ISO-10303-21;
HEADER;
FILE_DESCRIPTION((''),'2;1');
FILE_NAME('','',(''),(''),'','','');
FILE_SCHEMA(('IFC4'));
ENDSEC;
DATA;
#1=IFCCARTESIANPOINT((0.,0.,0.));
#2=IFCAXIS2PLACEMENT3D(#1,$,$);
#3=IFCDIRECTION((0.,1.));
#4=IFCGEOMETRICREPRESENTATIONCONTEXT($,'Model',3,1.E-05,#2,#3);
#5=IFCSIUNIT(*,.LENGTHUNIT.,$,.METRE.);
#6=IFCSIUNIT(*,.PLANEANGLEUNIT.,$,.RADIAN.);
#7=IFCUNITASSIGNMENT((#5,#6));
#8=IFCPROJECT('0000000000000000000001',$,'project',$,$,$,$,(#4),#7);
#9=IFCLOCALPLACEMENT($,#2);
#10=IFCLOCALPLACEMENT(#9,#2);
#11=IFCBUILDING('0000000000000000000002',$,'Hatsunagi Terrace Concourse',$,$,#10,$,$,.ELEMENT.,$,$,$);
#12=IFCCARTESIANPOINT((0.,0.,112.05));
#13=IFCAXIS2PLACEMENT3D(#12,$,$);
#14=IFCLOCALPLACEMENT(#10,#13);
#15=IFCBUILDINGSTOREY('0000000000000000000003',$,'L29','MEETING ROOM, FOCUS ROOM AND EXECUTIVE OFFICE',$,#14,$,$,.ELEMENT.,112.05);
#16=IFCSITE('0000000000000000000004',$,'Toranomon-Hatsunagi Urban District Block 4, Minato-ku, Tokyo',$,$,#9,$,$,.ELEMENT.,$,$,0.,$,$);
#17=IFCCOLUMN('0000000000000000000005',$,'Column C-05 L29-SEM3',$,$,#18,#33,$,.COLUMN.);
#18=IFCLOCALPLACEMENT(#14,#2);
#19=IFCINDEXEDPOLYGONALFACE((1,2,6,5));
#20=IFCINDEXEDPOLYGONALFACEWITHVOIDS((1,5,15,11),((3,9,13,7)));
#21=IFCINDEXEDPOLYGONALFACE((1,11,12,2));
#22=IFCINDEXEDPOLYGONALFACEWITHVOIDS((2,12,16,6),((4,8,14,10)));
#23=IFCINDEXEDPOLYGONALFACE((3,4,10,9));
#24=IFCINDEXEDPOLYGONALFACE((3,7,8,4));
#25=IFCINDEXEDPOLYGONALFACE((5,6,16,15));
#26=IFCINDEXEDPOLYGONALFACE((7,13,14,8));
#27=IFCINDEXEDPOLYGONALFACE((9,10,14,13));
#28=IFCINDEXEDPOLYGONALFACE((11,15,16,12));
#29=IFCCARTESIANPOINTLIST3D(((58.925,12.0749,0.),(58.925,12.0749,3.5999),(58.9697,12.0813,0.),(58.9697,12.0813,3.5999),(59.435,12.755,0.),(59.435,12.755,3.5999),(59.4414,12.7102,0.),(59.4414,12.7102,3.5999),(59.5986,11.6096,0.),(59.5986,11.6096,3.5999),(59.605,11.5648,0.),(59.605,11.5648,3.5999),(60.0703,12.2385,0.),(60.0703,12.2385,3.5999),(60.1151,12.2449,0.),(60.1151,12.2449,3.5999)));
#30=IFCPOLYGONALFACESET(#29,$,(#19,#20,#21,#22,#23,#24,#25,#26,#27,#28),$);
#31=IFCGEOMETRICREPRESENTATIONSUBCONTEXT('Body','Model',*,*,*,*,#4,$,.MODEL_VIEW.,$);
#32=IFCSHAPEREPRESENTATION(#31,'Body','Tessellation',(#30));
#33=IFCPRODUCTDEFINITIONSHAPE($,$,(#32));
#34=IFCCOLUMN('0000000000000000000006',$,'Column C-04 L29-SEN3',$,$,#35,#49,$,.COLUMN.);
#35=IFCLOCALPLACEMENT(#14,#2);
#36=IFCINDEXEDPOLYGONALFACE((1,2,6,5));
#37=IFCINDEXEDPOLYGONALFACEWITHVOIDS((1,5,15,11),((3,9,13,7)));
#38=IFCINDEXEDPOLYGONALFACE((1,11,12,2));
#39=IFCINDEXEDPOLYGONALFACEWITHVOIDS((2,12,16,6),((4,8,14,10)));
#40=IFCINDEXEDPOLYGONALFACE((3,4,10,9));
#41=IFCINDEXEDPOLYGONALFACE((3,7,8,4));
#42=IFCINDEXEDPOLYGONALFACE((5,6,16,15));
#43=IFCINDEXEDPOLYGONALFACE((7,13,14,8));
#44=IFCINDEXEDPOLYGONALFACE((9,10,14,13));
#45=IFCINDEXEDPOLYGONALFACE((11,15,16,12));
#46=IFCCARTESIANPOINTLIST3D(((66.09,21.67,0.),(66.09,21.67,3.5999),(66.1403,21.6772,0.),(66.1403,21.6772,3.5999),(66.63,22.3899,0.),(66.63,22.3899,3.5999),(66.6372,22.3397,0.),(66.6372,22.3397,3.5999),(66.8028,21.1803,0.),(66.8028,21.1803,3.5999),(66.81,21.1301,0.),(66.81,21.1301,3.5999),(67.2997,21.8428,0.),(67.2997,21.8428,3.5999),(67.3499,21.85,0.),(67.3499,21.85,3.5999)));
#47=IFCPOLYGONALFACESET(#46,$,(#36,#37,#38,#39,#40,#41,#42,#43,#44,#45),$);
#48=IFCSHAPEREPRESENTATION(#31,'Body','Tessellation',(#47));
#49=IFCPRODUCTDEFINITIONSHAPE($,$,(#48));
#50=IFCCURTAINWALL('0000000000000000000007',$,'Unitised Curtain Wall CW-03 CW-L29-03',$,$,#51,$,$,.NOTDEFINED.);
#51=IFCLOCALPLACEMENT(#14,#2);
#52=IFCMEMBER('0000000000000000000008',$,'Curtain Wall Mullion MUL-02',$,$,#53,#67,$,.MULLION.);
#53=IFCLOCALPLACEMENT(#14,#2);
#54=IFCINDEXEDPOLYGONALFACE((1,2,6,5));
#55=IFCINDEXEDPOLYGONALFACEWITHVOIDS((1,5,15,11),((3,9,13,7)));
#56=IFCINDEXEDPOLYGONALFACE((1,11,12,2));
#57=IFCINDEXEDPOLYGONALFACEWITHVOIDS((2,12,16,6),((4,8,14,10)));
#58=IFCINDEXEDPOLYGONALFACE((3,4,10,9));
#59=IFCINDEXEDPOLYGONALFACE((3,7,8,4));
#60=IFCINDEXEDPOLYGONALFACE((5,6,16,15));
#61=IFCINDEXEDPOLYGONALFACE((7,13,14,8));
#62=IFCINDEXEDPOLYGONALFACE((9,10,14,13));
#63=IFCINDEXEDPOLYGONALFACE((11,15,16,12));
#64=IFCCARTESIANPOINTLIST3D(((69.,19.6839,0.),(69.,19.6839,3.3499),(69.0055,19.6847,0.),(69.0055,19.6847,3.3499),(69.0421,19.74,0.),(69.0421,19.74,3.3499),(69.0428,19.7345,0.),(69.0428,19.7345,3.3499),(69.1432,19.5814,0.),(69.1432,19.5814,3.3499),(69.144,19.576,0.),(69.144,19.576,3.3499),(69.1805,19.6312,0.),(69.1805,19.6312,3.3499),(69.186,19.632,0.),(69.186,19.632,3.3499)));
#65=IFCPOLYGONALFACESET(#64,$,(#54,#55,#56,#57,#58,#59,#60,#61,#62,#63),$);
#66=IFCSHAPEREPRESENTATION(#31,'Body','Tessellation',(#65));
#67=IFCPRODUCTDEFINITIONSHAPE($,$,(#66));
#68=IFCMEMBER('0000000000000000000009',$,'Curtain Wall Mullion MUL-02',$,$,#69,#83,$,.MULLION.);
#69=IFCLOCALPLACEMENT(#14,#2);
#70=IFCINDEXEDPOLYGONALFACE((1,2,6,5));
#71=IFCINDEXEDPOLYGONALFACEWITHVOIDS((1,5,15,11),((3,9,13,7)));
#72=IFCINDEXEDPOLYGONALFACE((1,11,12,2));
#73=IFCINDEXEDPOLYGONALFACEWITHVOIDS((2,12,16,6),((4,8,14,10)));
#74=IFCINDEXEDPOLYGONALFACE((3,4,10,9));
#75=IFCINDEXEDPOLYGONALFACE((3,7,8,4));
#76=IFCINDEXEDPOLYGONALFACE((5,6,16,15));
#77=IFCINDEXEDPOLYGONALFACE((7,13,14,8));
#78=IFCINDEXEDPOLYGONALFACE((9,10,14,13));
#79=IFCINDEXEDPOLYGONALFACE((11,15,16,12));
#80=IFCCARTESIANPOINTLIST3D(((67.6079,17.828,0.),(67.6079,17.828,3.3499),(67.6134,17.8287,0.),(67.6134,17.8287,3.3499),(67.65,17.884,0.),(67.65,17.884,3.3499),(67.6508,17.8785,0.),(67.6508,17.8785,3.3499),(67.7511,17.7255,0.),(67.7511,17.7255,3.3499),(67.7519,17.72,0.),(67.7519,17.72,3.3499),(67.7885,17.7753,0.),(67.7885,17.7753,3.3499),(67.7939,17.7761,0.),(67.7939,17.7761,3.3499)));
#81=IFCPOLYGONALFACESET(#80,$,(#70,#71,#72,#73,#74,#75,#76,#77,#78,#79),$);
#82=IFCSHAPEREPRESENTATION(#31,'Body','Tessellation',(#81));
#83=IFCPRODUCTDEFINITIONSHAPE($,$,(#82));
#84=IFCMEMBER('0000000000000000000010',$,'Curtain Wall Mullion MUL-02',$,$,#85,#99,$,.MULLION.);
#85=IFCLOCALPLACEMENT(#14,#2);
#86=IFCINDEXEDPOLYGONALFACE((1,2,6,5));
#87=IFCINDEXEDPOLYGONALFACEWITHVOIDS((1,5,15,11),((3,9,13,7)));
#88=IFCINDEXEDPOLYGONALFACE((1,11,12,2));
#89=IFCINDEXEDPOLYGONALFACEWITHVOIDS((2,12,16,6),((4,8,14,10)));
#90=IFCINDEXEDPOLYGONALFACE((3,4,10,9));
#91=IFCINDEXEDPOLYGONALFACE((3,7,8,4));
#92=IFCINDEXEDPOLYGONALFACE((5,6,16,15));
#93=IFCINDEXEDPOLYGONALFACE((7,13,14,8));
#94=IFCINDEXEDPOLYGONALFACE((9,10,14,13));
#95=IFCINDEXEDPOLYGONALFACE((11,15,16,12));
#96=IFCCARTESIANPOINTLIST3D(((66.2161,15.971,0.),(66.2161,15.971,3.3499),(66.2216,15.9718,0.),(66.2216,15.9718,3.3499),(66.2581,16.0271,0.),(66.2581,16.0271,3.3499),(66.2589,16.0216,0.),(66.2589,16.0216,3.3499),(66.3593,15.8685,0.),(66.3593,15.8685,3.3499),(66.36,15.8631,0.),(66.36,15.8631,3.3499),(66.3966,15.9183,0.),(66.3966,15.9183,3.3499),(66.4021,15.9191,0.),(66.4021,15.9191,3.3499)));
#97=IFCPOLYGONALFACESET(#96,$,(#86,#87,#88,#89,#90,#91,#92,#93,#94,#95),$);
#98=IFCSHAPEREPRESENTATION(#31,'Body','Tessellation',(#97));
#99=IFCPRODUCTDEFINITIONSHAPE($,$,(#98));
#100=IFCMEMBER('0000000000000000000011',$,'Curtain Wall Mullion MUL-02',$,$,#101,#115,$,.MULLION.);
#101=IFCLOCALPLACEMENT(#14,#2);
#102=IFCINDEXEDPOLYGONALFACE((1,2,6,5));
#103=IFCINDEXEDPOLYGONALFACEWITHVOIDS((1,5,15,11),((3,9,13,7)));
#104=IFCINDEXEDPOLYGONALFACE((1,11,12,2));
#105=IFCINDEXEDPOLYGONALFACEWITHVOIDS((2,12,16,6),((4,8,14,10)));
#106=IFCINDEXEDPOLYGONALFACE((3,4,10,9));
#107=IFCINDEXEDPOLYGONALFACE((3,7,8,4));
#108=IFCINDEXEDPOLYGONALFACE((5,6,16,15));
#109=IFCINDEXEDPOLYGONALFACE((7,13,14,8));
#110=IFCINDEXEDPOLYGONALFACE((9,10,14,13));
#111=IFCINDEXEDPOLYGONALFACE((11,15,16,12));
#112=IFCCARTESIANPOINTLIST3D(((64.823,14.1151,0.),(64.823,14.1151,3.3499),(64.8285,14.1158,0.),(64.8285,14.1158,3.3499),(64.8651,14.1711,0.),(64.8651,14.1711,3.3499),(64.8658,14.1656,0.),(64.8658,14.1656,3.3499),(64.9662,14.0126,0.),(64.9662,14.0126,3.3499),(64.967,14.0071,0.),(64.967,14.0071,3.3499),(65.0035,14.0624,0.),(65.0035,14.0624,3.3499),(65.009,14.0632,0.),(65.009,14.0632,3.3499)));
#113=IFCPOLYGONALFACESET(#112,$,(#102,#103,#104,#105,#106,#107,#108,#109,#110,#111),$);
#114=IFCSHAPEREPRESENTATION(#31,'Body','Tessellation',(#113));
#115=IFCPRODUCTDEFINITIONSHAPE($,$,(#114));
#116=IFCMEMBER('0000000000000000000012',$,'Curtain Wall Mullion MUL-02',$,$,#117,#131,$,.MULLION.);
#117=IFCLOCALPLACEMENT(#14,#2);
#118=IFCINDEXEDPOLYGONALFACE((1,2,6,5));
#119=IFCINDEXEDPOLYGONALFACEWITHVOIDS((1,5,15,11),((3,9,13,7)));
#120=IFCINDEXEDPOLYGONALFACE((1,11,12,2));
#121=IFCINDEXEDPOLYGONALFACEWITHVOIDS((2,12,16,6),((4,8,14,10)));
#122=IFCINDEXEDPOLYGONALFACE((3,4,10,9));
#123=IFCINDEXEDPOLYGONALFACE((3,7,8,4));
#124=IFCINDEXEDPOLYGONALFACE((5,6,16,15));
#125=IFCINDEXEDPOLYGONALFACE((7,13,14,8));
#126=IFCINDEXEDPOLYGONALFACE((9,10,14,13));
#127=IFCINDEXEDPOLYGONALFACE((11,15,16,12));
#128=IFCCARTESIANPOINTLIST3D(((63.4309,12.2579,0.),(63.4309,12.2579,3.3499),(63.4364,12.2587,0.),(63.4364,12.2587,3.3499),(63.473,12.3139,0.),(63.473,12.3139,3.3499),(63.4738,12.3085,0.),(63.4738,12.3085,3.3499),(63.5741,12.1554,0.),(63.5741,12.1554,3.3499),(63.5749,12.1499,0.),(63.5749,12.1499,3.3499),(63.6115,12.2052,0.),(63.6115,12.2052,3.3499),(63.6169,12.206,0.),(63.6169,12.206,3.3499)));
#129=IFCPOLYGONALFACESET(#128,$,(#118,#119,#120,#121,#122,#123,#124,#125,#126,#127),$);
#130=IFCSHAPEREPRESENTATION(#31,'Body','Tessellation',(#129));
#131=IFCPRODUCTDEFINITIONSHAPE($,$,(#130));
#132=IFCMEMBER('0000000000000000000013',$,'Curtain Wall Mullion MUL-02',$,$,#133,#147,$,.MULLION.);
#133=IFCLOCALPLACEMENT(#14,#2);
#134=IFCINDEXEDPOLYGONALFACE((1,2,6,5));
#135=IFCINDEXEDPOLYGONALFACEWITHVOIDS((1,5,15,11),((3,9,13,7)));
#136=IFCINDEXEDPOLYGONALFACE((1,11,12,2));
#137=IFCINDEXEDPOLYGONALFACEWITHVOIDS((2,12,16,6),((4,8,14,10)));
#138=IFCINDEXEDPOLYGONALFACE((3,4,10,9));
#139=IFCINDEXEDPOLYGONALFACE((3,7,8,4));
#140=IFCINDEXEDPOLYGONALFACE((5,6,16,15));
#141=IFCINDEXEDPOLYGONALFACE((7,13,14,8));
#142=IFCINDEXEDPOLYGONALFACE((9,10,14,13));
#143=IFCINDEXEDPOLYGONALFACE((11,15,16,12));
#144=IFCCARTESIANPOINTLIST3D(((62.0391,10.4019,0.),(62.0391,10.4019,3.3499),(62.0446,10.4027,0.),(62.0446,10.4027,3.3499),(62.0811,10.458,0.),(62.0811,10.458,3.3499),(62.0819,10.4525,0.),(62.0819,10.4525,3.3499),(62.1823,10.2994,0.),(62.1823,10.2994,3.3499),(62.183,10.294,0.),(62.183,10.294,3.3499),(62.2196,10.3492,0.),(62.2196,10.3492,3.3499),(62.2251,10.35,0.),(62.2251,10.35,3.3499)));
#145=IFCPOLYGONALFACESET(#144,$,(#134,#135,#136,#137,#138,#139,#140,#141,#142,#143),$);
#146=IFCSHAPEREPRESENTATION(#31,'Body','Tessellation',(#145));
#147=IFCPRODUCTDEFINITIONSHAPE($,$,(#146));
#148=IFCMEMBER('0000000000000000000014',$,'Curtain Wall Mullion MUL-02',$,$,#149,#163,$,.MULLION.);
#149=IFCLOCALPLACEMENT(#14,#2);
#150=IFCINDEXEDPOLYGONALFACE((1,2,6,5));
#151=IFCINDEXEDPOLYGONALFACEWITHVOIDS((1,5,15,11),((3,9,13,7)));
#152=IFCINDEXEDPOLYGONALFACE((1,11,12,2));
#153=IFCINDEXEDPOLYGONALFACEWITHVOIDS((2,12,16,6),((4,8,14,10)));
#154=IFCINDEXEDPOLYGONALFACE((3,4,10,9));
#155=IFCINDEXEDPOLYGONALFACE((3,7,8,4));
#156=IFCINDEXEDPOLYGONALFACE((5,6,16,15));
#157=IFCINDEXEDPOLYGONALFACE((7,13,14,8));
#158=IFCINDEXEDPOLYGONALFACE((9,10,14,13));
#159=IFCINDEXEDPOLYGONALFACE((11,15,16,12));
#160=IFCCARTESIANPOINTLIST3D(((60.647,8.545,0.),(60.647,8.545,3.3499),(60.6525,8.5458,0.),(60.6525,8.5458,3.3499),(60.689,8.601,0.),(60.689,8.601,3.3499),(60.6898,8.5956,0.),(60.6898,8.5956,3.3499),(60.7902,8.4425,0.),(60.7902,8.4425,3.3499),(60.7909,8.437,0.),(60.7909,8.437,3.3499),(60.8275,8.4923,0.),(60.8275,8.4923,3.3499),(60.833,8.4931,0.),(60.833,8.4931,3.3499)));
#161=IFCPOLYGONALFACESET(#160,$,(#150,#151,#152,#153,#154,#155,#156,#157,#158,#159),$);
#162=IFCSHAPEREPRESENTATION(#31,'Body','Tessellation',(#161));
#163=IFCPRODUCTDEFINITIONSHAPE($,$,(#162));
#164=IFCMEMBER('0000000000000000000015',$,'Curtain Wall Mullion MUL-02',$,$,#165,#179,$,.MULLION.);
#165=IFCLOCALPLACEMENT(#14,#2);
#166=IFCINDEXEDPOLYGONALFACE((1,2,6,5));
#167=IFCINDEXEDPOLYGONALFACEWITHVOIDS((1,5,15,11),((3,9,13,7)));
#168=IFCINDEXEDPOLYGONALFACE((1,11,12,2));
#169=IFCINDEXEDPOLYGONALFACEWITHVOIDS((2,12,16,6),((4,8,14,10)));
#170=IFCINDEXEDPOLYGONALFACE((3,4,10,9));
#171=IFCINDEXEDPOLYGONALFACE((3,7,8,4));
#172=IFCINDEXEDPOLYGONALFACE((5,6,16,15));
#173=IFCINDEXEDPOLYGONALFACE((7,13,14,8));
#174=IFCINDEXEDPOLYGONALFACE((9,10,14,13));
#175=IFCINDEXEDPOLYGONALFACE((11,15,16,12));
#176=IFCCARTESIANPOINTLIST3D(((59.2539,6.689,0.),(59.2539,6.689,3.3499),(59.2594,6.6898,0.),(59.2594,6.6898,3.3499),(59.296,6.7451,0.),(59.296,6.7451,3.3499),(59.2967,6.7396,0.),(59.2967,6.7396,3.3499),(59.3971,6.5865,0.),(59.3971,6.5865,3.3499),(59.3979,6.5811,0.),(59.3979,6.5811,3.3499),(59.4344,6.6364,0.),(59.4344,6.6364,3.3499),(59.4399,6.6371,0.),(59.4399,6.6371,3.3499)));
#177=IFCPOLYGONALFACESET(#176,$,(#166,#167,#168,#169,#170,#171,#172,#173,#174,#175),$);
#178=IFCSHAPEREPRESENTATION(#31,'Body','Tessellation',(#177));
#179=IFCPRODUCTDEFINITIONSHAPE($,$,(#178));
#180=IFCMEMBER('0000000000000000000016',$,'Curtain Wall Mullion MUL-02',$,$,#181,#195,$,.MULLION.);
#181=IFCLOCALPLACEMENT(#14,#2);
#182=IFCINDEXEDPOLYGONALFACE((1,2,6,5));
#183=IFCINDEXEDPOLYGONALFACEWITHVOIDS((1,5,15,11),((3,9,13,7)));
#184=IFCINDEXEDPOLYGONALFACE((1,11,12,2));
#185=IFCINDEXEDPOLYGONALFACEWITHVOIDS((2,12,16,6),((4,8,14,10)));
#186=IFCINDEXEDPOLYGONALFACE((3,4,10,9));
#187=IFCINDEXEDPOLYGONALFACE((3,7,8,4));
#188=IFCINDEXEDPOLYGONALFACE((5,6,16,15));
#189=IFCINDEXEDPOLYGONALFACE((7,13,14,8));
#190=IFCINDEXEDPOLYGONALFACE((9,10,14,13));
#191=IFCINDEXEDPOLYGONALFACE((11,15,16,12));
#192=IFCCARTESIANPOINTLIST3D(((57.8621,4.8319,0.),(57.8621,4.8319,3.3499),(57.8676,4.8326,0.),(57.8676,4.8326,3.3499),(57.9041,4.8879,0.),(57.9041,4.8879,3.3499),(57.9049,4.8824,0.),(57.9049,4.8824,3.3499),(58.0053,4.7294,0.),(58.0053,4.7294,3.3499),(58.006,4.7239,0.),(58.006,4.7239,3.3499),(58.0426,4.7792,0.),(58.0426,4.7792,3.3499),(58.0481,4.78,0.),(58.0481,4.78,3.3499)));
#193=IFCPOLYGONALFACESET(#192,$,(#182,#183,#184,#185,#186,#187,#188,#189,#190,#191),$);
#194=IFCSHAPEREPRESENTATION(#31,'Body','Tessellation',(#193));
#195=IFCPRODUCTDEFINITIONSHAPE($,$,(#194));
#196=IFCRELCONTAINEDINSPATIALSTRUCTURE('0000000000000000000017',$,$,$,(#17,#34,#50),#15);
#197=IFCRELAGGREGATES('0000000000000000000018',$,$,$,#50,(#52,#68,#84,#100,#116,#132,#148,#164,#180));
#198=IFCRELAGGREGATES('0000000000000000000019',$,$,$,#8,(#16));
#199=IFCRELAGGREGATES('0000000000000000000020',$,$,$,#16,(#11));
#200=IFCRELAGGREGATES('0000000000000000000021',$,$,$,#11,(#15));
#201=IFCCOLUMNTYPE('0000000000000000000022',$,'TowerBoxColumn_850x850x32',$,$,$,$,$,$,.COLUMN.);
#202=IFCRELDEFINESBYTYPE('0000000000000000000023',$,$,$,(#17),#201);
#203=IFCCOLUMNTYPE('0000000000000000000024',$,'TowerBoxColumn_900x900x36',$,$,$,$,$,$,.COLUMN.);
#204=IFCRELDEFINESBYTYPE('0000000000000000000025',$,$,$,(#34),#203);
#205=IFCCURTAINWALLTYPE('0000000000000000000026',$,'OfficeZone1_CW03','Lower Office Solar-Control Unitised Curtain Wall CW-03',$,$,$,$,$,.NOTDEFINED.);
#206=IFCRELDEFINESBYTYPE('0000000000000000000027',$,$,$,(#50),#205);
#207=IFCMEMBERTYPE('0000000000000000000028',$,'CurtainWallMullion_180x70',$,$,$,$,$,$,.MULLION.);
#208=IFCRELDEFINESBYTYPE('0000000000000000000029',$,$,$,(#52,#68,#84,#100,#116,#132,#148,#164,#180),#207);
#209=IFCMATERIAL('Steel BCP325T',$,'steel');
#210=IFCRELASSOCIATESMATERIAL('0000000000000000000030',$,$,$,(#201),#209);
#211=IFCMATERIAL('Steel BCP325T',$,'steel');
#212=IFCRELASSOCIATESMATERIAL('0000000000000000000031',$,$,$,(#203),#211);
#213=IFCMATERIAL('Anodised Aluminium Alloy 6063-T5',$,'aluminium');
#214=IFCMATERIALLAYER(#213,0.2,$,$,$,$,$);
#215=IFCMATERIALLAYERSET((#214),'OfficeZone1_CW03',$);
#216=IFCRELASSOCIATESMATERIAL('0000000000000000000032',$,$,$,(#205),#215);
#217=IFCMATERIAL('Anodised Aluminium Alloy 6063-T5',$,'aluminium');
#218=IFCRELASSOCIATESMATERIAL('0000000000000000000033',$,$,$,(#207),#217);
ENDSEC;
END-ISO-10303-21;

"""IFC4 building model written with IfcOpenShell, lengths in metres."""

from ifc_helpers import new_model, si_unit, direction, frame, origin, origin_2d, place, context, subcontext, project, spatial, hollow_rectangle, extrude, material, layer, layer_set, material_profile, profile_set, type_object, element, aggregate, save


model = new_model("IFC4")

# Units and contexts
model_context = context("Model", 3, precision=1e-05, world=origin(), true_north=direction((0.0, 1.0)))
body_context = subcontext(model_context, "Body", "Model", "MODEL_VIEW")
ifc_project = project(units=[si_unit("LENGTHUNIT", "METRE"), si_unit("PLANEANGLEUNIT", "RADIAN")], contexts=[model_context])

# Site, building, storey
site_placement = place(None, origin())
site = spatial("IfcSite", under=ifc_project, at=site_placement, Name="Toranomon-Hatsunagi Urban District Block 4, Minato-ku, Tokyo", CompositionType="ELEMENT", RefElevation=0.0)
building_placement = place(site_placement, origin())
building = spatial("IfcBuilding", under=site, at=building_placement, Name="Hatsunagi Terrace Concourse", CompositionType="ELEMENT")
storey_placement = place(building_placement, frame((0.0, 0.0, 112.05)))
storey = spatial("IfcBuildingStorey", under=building, at=storey_placement, Name="L29", Description="MEETING ROOM, FOCUS ROOM AND EXECUTIVE OFFICE", CompositionType="ELEMENT", Elevation=112.05)

# Columns
ifc_material_1 = material(Name="Steel BCP325T", Category="steel")
ifc_material_profile_1 = material_profile(ifc_material_1, hollow_rectangle(XDim=0.8501, YDim=0.8501, WallThickness=0.032, at=origin_2d()), Name="BCP-850x850x32")
ifc_profile_set_1 = profile_set([ifc_material_profile_1], Name="Steel BCP325T")
column_type_1 = type_object("IfcColumnType", Name="TowerBoxColumn_850x850x32", PredefinedType="COLUMN", material=ifc_profile_set_1)
column_1_placement = place(storey_placement, frame((59.52, 12.1599, 0.0), z_axis=(0.0, 0.0, 1.0), x_axis=(0.8, -0.6, 0.0)))
element("IfcColumn", 1, at=column_1_placement, inside=storey, type_object=column_type_1, Name="Column C-05 L29-SEM3", PredefinedType="COLUMN", context=body_context, shape_type="SweptSolid", body=[
    extrude(hollow_rectangle(XDim=0.8501, YDim=0.8501, WallThickness=0.032, at=origin_2d()), origin(), (0.0, 0.0, 1.0), 3.5999),
])
ifc_material_2 = material(Name="Steel BCP325T", Category="steel")
ifc_material_profile_2 = material_profile(ifc_material_2, hollow_rectangle(XDim=0.8999, YDim=0.8999, WallThickness=0.0359, at=origin_2d()), Name="BCP-900x900x36")
ifc_profile_set_2 = profile_set([ifc_material_profile_2], Name="Steel BCP325T")
column_type_2 = type_object("IfcColumnType", Name="TowerBoxColumn_900x900x36", PredefinedType="COLUMN", material=ifc_profile_set_2)
column_2_placement = place(storey_placement, frame((66.72, 21.76, 0.0), z_axis=(0.0, 0.0, 1.0), x_axis=(0.8, -0.6, 0.0)))
element("IfcColumn", 2, at=column_2_placement, inside=storey, type_object=column_type_2, Name="Column C-04 L29-SEN3", PredefinedType="COLUMN", context=body_context, shape_type="SweptSolid", body=[
    extrude(hollow_rectangle(XDim=0.8999, YDim=0.8999, WallThickness=0.0359, at=origin_2d()), origin(), (0.0, 0.0, 1.0), 3.5999),
])

# Curtain wall, members
ifc_material_3 = material(Name="Anodised Aluminium Alloy 6063-T5", Category="aluminium")
ifc_layer_1 = layer(ifc_material_3, 0.2)
ifc_layer_set_1 = layer_set([ifc_layer_1], Name="OfficeZone1_CW03")
curtain_wall_type = type_object("IfcCurtainWallType", Name="OfficeZone1_CW03", Description="Lower Office Solar-Control Unitised Curtain Wall CW-03", PredefinedType="NOTDEFINED", material=ifc_layer_set_1)
curtain_wall_placement = place(storey_placement, origin())
curtain_wall = element("IfcCurtainWall", 3, at=curtain_wall_placement, inside=storey, type_object=curtain_wall_type, Name="Unitised Curtain Wall CW-03 CW-L29-03", PredefinedType="NOTDEFINED")
ifc_material_4 = material(Name="Anodised Aluminium Alloy 6063-T5", Category="aluminium")
ifc_material_profile_3 = material_profile(ifc_material_4, hollow_rectangle(XDim=0.0701, YDim=0.1799, WallThickness=0.0039, at=origin_2d()), Name="ALU-MUL-180x70x4")
ifc_profile_set_3 = profile_set([ifc_material_profile_3], Name="Anodised Aluminium Alloy 6063-T5")
member_type_1 = type_object("IfcMemberType", Name="CurtainWallMullion_180x70", PredefinedType="MULLION", material=ifc_profile_set_3)
member_1_placement = place(storey_placement, frame((69.093, 19.658, 0.0), z_axis=(0.0, 0.0, 1.0), x_axis=(-0.599969, -0.800023, 0.0)))
member_1 = element("IfcMember", 4, at=member_1_placement, type_object=member_type_1, Name="Curtain Wall Mullion MUL-02", PredefinedType="MULLION", context=body_context, shape_type="SweptSolid", body=[
    extrude(hollow_rectangle(XDim=0.0701, YDim=0.1799, WallThickness=0.0039, at=origin_2d()), origin(), (0.0, 0.0, 1.0), 3.3499),
])
member_2_placement = place(storey_placement, frame((67.7009, 17.802, 0.0), z_axis=(0.0, 0.0, 1.0), x_axis=(-0.599969, -0.800023, 0.0)))
member_2 = element("IfcMember", 5, at=member_2_placement, type_object=member_type_1, Name="Curtain Wall Mullion MUL-02", PredefinedType="MULLION", context=body_context, shape_type="SweptSolid", body=[
    extrude(hollow_rectangle(XDim=0.0701, YDim=0.1799, WallThickness=0.0039, at=origin_2d()), origin(), (0.0, 0.0, 1.0), 3.3499),
])
member_3_placement = place(storey_placement, frame((66.3091, 15.9451, 0.0), z_axis=(0.0, 0.0, 1.0), x_axis=(-0.599969, -0.800023, 0.0)))
member_3 = element("IfcMember", 6, at=member_3_placement, type_object=member_type_1, Name="Curtain Wall Mullion MUL-02", PredefinedType="MULLION", context=body_context, shape_type="SweptSolid", body=[
    extrude(hollow_rectangle(XDim=0.0701, YDim=0.1799, WallThickness=0.0039, at=origin_2d()), origin(), (0.0, 0.0, 1.0), 3.3499),
])
member_4_placement = place(storey_placement, frame((64.916, 14.0891, 0.0), z_axis=(0.0, 0.0, 1.0), x_axis=(-0.599969, -0.800023, 0.0)))
member_4 = element("IfcMember", 7, at=member_4_placement, type_object=member_type_1, Name="Curtain Wall Mullion MUL-02", PredefinedType="MULLION", context=body_context, shape_type="SweptSolid", body=[
    extrude(hollow_rectangle(XDim=0.0701, YDim=0.1799, WallThickness=0.0039, at=origin_2d()), origin(), (0.0, 0.0, 1.0), 3.3499),
])
member_5_placement = place(storey_placement, frame((63.5239, 12.2319, 0.0), z_axis=(0.0, 0.0, 1.0), x_axis=(-0.599969, -0.800023, 0.0)))
member_5 = element("IfcMember", 8, at=member_5_placement, type_object=member_type_1, Name="Curtain Wall Mullion MUL-02", PredefinedType="MULLION", context=body_context, shape_type="SweptSolid", body=[
    extrude(hollow_rectangle(XDim=0.0701, YDim=0.1799, WallThickness=0.0039, at=origin_2d()), origin(), (0.0, 0.0, 1.0), 3.3499),
])
member_6_placement = place(storey_placement, frame((62.1321, 10.376, 0.0), z_axis=(0.0, 0.0, 1.0), x_axis=(-0.599969, -0.800023, 0.0)))
member_6 = element("IfcMember", 9, at=member_6_placement, type_object=member_type_1, Name="Curtain Wall Mullion MUL-02", PredefinedType="MULLION", context=body_context, shape_type="SweptSolid", body=[
    extrude(hollow_rectangle(XDim=0.0701, YDim=0.1799, WallThickness=0.0039, at=origin_2d()), origin(), (0.0, 0.0, 1.0), 3.3499),
])
member_7_placement = place(storey_placement, frame((60.74, 8.519, 0.0), z_axis=(0.0, 0.0, 1.0), x_axis=(-0.599969, -0.800023, 0.0)))
member_7 = element("IfcMember", 10, at=member_7_placement, type_object=member_type_1, Name="Curtain Wall Mullion MUL-02", PredefinedType="MULLION", context=body_context, shape_type="SweptSolid", body=[
    extrude(hollow_rectangle(XDim=0.0701, YDim=0.1799, WallThickness=0.0039, at=origin_2d()), origin(), (0.0, 0.0, 1.0), 3.3499),
])
member_8_placement = place(storey_placement, frame((59.3469, 6.6631, 0.0), z_axis=(0.0, 0.0, 1.0), x_axis=(-0.599969, -0.800023, 0.0)))
member_8 = element("IfcMember", 11, at=member_8_placement, type_object=member_type_1, Name="Curtain Wall Mullion MUL-02", PredefinedType="MULLION", context=body_context, shape_type="SweptSolid", body=[
    extrude(hollow_rectangle(XDim=0.0701, YDim=0.1799, WallThickness=0.0039, at=origin_2d()), origin(), (0.0, 0.0, 1.0), 3.3499),
])
member_9_placement = place(storey_placement, frame((57.9551, 4.8059, 0.0), z_axis=(0.0, 0.0, 1.0), x_axis=(-0.599969, -0.800023, 0.0)))
member_9 = element("IfcMember", 12, at=member_9_placement, type_object=member_type_1, Name="Curtain Wall Mullion MUL-02", PredefinedType="MULLION", context=body_context, shape_type="SweptSolid", body=[
    extrude(hollow_rectangle(XDim=0.0701, YDim=0.1799, WallThickness=0.0039, at=origin_2d()), origin(), (0.0, 0.0, 1.0), 3.3499),
])

aggregate(curtain_wall, [member_1, member_2, member_3, member_4, member_5, member_6, member_7, member_8, member_9])

save(model, "model.ifc")
